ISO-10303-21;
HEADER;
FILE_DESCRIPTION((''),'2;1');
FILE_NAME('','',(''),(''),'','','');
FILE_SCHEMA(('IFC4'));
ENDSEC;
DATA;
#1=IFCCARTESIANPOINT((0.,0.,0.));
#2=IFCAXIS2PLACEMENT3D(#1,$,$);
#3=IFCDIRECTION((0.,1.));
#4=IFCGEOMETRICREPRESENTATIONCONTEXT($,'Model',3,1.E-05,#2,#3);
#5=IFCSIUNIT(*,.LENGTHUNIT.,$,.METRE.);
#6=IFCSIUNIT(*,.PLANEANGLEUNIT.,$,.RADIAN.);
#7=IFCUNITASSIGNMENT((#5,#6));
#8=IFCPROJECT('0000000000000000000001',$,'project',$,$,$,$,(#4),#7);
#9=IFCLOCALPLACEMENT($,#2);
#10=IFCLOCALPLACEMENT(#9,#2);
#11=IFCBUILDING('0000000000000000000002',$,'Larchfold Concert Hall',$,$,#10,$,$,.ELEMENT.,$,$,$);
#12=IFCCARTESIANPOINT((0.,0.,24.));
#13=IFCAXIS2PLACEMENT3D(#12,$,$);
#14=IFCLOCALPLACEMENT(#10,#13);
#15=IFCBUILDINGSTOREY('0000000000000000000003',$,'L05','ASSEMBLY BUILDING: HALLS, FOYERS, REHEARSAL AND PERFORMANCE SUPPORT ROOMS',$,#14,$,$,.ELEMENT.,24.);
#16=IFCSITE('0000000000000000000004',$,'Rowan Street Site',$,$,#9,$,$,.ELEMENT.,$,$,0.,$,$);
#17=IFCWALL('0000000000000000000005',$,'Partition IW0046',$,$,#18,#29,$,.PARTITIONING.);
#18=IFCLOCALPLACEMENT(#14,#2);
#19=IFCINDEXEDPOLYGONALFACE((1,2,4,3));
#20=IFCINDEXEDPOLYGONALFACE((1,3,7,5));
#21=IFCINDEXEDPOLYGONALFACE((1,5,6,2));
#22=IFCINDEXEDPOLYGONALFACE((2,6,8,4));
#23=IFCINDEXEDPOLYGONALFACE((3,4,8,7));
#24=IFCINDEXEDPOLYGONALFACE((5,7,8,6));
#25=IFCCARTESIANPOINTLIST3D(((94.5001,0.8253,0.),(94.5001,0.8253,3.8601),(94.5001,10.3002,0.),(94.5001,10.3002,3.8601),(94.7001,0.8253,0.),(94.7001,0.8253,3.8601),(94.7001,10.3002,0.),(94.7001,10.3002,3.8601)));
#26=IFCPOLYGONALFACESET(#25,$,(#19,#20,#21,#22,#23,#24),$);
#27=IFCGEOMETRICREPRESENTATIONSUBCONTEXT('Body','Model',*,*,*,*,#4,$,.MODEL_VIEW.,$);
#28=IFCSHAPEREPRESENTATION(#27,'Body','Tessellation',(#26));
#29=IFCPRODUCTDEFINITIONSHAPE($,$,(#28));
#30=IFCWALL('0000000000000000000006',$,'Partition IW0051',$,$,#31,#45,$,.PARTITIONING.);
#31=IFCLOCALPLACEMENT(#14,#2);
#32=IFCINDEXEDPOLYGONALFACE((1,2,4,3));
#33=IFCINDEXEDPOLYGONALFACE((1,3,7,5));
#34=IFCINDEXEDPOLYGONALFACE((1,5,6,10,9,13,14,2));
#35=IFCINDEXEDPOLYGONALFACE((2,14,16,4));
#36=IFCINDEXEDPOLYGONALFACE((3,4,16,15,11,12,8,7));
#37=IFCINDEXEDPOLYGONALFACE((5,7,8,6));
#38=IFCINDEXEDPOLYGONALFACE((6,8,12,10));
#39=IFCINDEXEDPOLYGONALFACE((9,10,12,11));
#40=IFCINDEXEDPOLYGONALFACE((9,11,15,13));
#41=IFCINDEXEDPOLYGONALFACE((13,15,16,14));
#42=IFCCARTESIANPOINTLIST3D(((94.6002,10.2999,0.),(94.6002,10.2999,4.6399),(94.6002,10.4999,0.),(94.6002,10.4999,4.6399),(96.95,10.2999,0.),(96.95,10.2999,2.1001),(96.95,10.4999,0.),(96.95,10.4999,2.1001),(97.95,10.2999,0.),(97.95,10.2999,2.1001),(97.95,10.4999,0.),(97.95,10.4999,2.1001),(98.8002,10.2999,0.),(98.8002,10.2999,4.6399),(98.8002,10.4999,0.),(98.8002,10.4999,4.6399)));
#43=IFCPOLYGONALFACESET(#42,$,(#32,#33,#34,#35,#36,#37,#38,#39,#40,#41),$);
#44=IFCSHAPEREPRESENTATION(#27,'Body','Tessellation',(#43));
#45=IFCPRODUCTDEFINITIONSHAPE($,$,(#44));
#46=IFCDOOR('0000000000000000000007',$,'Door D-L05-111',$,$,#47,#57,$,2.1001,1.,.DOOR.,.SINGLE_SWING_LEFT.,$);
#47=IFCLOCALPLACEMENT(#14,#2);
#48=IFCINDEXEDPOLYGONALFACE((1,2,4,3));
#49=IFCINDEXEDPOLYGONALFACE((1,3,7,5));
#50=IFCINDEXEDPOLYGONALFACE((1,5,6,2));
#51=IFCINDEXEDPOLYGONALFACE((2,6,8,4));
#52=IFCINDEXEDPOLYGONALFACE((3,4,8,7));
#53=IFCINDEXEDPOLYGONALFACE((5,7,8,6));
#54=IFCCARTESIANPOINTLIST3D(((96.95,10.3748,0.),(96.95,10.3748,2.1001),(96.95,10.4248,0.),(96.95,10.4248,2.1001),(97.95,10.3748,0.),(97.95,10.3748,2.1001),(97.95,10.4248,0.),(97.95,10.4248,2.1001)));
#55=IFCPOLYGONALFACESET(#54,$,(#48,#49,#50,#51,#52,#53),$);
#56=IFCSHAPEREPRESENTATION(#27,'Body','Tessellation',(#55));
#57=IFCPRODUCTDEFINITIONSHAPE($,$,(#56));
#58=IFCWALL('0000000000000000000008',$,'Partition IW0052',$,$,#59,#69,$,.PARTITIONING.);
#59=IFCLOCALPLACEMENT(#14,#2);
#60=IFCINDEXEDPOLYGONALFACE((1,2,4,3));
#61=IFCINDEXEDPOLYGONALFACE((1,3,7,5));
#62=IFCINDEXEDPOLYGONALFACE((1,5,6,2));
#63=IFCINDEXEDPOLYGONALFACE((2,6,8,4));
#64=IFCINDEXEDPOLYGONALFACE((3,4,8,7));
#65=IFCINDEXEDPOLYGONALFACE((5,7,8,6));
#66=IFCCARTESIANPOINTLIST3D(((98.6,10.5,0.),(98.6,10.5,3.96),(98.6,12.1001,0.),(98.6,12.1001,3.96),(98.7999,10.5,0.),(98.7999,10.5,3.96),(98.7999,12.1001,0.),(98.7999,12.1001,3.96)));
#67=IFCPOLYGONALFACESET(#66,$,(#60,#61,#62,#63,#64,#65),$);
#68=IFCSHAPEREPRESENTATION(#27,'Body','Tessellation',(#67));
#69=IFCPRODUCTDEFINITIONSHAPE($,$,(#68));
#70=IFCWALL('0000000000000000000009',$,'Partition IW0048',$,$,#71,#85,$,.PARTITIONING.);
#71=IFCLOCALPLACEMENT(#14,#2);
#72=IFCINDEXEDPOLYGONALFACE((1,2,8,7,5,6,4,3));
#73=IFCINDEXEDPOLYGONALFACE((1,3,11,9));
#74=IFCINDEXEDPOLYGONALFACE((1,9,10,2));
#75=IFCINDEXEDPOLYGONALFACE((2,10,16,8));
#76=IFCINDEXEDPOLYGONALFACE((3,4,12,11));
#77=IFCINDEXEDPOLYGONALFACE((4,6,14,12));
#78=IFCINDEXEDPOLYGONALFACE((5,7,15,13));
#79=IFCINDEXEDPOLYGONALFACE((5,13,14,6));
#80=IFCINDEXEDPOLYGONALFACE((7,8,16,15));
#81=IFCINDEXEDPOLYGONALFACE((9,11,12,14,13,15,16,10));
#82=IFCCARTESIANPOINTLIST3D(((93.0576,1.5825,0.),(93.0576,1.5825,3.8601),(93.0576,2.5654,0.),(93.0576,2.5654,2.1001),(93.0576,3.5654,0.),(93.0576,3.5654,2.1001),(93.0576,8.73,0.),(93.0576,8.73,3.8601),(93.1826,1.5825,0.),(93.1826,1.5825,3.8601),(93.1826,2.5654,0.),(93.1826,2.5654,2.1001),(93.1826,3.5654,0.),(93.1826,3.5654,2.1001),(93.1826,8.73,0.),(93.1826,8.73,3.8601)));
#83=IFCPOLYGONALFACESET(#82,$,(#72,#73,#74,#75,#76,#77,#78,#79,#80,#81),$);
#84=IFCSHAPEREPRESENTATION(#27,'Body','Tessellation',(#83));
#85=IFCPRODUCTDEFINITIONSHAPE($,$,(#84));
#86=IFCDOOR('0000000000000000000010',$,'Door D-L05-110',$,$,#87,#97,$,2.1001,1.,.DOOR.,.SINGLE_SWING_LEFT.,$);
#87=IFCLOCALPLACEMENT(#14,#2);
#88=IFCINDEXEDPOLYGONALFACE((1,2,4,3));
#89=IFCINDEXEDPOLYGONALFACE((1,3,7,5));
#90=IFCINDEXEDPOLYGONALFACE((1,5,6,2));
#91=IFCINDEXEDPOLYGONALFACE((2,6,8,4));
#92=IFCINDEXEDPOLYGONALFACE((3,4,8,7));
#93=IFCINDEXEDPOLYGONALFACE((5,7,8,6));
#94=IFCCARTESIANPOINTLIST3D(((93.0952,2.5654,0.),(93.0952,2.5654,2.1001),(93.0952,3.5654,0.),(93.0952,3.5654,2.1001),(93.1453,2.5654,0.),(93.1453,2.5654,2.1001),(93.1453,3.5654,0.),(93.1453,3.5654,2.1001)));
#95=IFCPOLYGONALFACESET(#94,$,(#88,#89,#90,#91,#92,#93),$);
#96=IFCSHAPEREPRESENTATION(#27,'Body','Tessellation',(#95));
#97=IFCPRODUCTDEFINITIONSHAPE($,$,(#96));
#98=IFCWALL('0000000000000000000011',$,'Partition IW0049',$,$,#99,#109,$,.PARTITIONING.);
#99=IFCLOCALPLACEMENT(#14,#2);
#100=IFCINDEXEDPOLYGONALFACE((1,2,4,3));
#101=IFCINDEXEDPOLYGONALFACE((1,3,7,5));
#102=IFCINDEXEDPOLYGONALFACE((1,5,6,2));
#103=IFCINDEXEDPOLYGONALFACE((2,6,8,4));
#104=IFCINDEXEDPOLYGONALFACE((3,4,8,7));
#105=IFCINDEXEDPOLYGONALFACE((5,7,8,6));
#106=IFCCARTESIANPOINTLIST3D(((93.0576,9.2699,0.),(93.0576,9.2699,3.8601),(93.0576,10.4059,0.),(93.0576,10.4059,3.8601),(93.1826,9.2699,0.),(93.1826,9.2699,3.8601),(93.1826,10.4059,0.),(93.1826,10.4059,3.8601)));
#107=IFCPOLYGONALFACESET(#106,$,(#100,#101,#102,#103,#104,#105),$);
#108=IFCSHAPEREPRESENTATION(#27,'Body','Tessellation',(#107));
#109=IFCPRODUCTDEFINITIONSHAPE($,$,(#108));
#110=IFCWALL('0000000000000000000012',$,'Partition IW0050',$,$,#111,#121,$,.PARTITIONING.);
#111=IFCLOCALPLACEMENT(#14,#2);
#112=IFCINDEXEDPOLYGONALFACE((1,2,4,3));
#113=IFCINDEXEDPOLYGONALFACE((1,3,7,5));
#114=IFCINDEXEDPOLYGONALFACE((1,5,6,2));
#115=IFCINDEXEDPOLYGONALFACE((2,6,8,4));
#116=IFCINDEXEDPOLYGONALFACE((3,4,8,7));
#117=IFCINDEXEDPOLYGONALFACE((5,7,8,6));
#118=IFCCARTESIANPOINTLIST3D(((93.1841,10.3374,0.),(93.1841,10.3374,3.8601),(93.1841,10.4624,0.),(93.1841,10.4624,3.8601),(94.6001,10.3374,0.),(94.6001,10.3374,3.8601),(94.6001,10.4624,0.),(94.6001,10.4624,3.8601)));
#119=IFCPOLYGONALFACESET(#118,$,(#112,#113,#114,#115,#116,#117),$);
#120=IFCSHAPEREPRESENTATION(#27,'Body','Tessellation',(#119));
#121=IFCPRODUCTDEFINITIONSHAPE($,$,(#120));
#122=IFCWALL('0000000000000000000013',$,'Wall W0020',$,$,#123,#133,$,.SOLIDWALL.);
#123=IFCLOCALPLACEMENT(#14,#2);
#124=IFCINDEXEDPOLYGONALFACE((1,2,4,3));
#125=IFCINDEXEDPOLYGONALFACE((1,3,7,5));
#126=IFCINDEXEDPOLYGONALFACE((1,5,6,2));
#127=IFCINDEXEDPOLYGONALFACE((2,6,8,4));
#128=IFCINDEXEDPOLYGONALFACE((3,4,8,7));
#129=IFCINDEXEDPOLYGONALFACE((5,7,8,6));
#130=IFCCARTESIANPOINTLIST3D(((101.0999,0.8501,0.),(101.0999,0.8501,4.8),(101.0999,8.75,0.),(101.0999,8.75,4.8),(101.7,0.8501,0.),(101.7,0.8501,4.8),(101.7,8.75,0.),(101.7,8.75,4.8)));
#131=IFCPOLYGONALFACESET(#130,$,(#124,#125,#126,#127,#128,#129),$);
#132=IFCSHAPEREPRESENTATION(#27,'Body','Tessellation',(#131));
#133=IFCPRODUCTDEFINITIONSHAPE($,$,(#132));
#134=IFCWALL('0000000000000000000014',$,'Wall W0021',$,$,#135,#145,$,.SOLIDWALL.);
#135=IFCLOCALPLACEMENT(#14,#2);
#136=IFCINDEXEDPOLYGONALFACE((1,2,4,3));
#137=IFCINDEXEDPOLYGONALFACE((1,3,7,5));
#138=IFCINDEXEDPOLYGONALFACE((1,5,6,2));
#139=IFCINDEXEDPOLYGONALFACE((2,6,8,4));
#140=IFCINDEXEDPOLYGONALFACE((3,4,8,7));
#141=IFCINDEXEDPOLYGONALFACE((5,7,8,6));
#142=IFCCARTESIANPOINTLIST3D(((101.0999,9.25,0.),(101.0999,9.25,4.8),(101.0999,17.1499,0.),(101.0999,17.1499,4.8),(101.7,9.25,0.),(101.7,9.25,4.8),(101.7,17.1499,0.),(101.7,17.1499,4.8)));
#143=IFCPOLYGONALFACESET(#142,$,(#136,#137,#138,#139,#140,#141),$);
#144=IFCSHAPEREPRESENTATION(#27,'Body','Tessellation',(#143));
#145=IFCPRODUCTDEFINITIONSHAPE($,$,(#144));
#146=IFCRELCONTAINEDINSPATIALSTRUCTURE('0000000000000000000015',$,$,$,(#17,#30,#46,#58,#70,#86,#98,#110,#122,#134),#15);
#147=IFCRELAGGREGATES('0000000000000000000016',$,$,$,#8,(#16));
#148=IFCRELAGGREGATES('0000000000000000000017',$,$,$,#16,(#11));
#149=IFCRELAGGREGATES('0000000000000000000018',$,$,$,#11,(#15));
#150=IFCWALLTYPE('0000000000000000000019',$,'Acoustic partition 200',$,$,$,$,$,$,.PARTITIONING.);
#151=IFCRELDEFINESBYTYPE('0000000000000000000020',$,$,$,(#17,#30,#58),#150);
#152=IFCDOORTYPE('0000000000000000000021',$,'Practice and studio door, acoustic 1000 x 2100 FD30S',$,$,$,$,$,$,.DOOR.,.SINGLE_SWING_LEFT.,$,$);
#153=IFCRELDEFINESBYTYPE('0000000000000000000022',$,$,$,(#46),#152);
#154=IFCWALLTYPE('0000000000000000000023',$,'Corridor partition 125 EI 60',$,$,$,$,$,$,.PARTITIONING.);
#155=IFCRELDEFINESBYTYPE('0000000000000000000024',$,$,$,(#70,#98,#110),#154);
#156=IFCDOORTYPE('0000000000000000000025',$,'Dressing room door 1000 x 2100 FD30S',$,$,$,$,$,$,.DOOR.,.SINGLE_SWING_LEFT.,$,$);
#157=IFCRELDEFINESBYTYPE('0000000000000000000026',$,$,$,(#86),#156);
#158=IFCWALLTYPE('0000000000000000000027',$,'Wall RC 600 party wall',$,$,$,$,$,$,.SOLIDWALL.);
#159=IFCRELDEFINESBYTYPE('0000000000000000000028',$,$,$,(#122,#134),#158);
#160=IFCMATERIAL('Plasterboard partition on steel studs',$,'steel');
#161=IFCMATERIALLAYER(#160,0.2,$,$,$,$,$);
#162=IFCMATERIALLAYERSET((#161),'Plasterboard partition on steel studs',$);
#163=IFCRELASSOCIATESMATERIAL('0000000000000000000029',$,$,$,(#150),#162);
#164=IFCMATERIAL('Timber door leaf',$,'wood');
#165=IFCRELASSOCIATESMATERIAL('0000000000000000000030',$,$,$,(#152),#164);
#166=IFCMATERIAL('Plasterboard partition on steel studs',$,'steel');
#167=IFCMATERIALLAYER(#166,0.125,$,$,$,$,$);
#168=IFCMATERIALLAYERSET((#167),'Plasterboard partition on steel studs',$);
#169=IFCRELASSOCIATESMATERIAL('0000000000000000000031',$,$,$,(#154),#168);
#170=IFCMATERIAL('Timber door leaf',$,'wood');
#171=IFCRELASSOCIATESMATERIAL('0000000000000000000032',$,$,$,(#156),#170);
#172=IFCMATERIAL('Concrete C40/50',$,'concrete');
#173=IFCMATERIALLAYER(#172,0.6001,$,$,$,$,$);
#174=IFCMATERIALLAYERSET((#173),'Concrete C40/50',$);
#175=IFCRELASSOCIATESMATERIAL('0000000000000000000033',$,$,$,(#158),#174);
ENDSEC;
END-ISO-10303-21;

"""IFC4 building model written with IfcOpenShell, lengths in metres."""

from ifc_helpers import new_model, si_unit, direction, frame, frame_2d, origin, place, context, subcontext, project, spatial, rectangle, extrude, material, layer, layer_set, type_object, element, fill, save


model = new_model("IFC4")

# Units and contexts
model_context = context("Model", 3, precision=1e-05, world=origin(), true_north=direction((0.0, 1.0)))
body_context = subcontext(model_context, "Body", "Model", "MODEL_VIEW")
ifc_project = project(units=[si_unit("LENGTHUNIT", "METRE"), si_unit("PLANEANGLEUNIT", "RADIAN")], contexts=[model_context])

# Site, building, storey
site_placement = place(None, origin())
site = spatial("IfcSite", under=ifc_project, at=site_placement, Name="Rowan Street Site", CompositionType="ELEMENT", RefElevation=0.0)
building_placement = place(site_placement, origin())
building = spatial("IfcBuilding", under=site, at=building_placement, Name="Larchfold Concert Hall", CompositionType="ELEMENT")
storey_placement = place(building_placement, frame((0.0, 0.0, 24.0)))
storey = spatial("IfcBuildingStorey", under=building, at=storey_placement, Name="L05", Description="ASSEMBLY BUILDING: HALLS, FOYERS, REHEARSAL AND PERFORMANCE SUPPORT ROOMS", CompositionType="ELEMENT", Elevation=24.0)

# Wall
ifc_material_1 = material(Name="Plasterboard partition on steel studs", Category="steel")
ifc_layer_1 = layer(ifc_material_1, 0.2)
ifc_layer_set_1 = layer_set([ifc_layer_1], Name="Plasterboard partition on steel studs")
wall_type_1 = type_object("IfcWallType", Name="Acoustic partition 200", PredefinedType="PARTITIONING", material=ifc_layer_set_1)
wall_1_placement = place(storey_placement, frame((94.6001, 10.3, 0.0), z_axis=(0.0, 0.0, 1.0), x_axis=(0.0, -1.0, 0.0)))
element("IfcWall", 1, at=wall_1_placement, inside=storey, type_object=wall_type_1, Name="Partition IW0046", PredefinedType="PARTITIONING", context=body_context, shape_type="SweptSolid", body=[
    extrude(rectangle(XDim=9.4749, YDim=0.2, at=frame_2d((4.7373, 0.0))), origin(), (0.0, 0.0, 1.0), 3.8601),
])

# Wall, opening, door
wall_2_placement = place(storey_placement, frame((94.6001, 10.3999, 0.0), z_axis=(0.0, 0.0, 1.0), x_axis=(1.0, 0.0, 0.0)))
wall_2 = element("IfcWall", 2, at=wall_2_placement, inside=storey, type_object=wall_type_1, Name="Partition IW0051", PredefinedType="PARTITIONING", context=body_context, shape_type="SweptSolid", body=[
    extrude(rectangle(XDim=4.2, YDim=0.2, at=frame_2d((2.1001, 0.0))), origin(), (0.0, 0.0, 1.0), 4.6399),
])
opening_1_placement = place(wall_2_placement, frame((2.3499, 0.0, 0.0)))
opening_1 = element("IfcOpeningElement", 3, at=opening_1_placement, cuts=wall_2, PredefinedType="OPENING", context=body_context, shape_type="SweptSolid", body=[
    extrude(rectangle(XDim=1.0, YDim=2.1001, at=frame_2d((0.5, 1.05))), frame((0.0, 0.1099, 0.0), z_axis=(0.0, -1.0, 0.0), x_axis=(1.0, 0.0, 0.0)), (0.0, 0.0, 1.0), 0.22),
])
ifc_material_2 = material(Name="Timber door leaf", Category="wood")
door_type_1 = type_object("IfcDoorType", Name="Practice and studio door, acoustic 1000 x 2100 FD30S", OperationType="SINGLE_SWING_LEFT", PredefinedType="DOOR", material=ifc_material_2)
door_1_placement = place(opening_1_placement, origin())
door_1 = element("IfcDoor", 4, at=door_1_placement, inside=storey, type_object=door_type_1, Name="Door D-L05-111", OperationType="SINGLE_SWING_LEFT", OverallHeight=2.1001, OverallWidth=1.0, PredefinedType="DOOR", context=body_context, shape_type="SweptSolid", body=[
    extrude(rectangle(XDim=1.0, YDim=2.1001, at=frame_2d((0.5, 1.05))), frame((0.0, 0.0249, 0.0), z_axis=(0.0, -1.0, 0.0), x_axis=(1.0, 0.0, 0.0)), (0.0, 0.0, 1.0), 0.05),
])
fill(opening_1, door_1)

# Wall
wall_3_placement = place(storey_placement, frame((98.7, 10.5, 0.0), z_axis=(0.0, 0.0, 1.0), x_axis=(0.0, 1.0, 0.0)))
element("IfcWall", 5, at=wall_3_placement, inside=storey, type_object=wall_type_1, Name="Partition IW0052", PredefinedType="PARTITIONING", context=body_context, shape_type="SweptSolid", body=[
    extrude(rectangle(XDim=1.6001, YDim=0.2, at=frame_2d((0.8, 0.0))), origin(), (0.0, 0.0, 1.0), 3.96),
])

# Wall, opening, door
ifc_material_3 = material(Name="Plasterboard partition on steel studs", Category="steel")
ifc_layer_2 = layer(ifc_material_3, 0.125)
ifc_layer_set_2 = layer_set([ifc_layer_2], Name="Plasterboard partition on steel studs")
wall_type_2 = type_object("IfcWallType", Name="Corridor partition 125 EI 60", PredefinedType="PARTITIONING", material=ifc_layer_set_2)
wall_4_placement = place(storey_placement, frame((93.1201, 1.5825, 0.0), z_axis=(0.0, 0.0, 1.0), x_axis=(0.0, 1.0, 0.0)))
wall_4 = element("IfcWall", 6, at=wall_4_placement, inside=storey, type_object=wall_type_2, Name="Partition IW0048", PredefinedType="PARTITIONING", context=body_context, shape_type="SweptSolid", body=[
    extrude(rectangle(XDim=7.1475, YDim=0.125, at=frame_2d((3.5737, 0.0))), origin(), (0.0, 0.0, 1.0), 3.8601),
])
opening_2_placement = place(wall_4_placement, frame((0.9829, 0.0, 0.0)))
opening_2 = element("IfcOpeningElement", 7, at=opening_2_placement, cuts=wall_4, PredefinedType="OPENING", context=body_context, shape_type="SweptSolid", body=[
    extrude(rectangle(XDim=1.0, YDim=2.1001, at=frame_2d((0.5, 1.05))), frame((0.0, 0.0725, 0.0), z_axis=(0.0, -1.0, 0.0), x_axis=(1.0, 0.0, 0.0)), (0.0, 0.0, 1.0), 0.145),
])
ifc_material_4 = material(Name="Timber door leaf", Category="wood")
door_type_2 = type_object("IfcDoorType", Name="Dressing room door 1000 x 2100 FD30S", OperationType="SINGLE_SWING_LEFT", PredefinedType="DOOR", material=ifc_material_4)
door_2_placement = place(opening_2_placement, origin())
door_2 = element("IfcDoor", 8, at=door_2_placement, inside=storey, type_object=door_type_2, Name="Door D-L05-110", OperationType="SINGLE_SWING_LEFT", OverallHeight=2.1001, OverallWidth=1.0, PredefinedType="DOOR", context=body_context, shape_type="SweptSolid", body=[
    extrude(rectangle(XDim=1.0, YDim=2.1001, at=frame_2d((0.5, 1.05))), frame((0.0, 0.0249, 0.0), z_axis=(0.0, -1.0, 0.0), x_axis=(1.0, 0.0, 0.0)), (0.0, 0.0, 1.0), 0.05),
])
fill(opening_2, door_2)

# Walls
wall_5_placement = place(storey_placement, frame((93.1201, 9.27, 0.0), z_axis=(0.0, 0.0, 1.0), x_axis=(0.0, 1.0, 0.0)))
element("IfcWall", 9, at=wall_5_placement, inside=storey, type_object=wall_type_2, Name="Partition IW0049", PredefinedType="PARTITIONING", context=body_context, shape_type="SweptSolid", body=[
    extrude(rectangle(XDim=1.136, YDim=0.125, at=frame_2d((0.5679, 0.0))), origin(), (0.0, 0.0, 1.0), 3.8601),
])
wall_6_placement = place(storey_placement, frame((93.1841, 10.3999, 0.0), z_axis=(0.0, 0.0, 1.0), x_axis=(1.0, 0.0, 0.0)))
element("IfcWall", 10, at=wall_6_placement, inside=storey, type_object=wall_type_2, Name="Partition IW0050", PredefinedType="PARTITIONING", context=body_context, shape_type="SweptSolid", body=[
    extrude(rectangle(XDim=1.416, YDim=0.125, at=frame_2d((0.708, 0.0))), origin(), (0.0, 0.0, 1.0), 3.8601),
])
ifc_material_5 = material(Name="Concrete C40/50", Category="concrete")
ifc_layer_3 = layer(ifc_material_5, 0.6001)
ifc_layer_set_3 = layer_set([ifc_layer_3], Name="Concrete C40/50")
wall_type_3 = type_object("IfcWallType", Name="Wall RC 600 party wall", PredefinedType="SOLIDWALL", material=ifc_layer_set_3)
for number, where, z_axis, x_axis, name in (
    (11, (101.3999, 0.8501, 0.0), (0.0, 0.0, 1.0), (0.0, 1.0, 0.0), "Wall W0020"),
    (12, (101.3999, 9.25, 0.0), (0.0, 0.0, 1.0), (0.0, 1.0, 0.0), "Wall W0021"),
):
    element("IfcWall", number, at=place(storey_placement, frame(where, z_axis=z_axis, x_axis=x_axis)), inside=storey, type_object=wall_type_3, Name=name, PredefinedType="SOLIDWALL", context=body_context, shape_type="SweptSolid", body=[
        extrude(rectangle(XDim=7.8999, YDim=0.6001, at=frame_2d((3.95, 0.0))), origin(), (0.0, 0.0, 1.0), 4.8),
    ])

save(model, "model.ifc")
